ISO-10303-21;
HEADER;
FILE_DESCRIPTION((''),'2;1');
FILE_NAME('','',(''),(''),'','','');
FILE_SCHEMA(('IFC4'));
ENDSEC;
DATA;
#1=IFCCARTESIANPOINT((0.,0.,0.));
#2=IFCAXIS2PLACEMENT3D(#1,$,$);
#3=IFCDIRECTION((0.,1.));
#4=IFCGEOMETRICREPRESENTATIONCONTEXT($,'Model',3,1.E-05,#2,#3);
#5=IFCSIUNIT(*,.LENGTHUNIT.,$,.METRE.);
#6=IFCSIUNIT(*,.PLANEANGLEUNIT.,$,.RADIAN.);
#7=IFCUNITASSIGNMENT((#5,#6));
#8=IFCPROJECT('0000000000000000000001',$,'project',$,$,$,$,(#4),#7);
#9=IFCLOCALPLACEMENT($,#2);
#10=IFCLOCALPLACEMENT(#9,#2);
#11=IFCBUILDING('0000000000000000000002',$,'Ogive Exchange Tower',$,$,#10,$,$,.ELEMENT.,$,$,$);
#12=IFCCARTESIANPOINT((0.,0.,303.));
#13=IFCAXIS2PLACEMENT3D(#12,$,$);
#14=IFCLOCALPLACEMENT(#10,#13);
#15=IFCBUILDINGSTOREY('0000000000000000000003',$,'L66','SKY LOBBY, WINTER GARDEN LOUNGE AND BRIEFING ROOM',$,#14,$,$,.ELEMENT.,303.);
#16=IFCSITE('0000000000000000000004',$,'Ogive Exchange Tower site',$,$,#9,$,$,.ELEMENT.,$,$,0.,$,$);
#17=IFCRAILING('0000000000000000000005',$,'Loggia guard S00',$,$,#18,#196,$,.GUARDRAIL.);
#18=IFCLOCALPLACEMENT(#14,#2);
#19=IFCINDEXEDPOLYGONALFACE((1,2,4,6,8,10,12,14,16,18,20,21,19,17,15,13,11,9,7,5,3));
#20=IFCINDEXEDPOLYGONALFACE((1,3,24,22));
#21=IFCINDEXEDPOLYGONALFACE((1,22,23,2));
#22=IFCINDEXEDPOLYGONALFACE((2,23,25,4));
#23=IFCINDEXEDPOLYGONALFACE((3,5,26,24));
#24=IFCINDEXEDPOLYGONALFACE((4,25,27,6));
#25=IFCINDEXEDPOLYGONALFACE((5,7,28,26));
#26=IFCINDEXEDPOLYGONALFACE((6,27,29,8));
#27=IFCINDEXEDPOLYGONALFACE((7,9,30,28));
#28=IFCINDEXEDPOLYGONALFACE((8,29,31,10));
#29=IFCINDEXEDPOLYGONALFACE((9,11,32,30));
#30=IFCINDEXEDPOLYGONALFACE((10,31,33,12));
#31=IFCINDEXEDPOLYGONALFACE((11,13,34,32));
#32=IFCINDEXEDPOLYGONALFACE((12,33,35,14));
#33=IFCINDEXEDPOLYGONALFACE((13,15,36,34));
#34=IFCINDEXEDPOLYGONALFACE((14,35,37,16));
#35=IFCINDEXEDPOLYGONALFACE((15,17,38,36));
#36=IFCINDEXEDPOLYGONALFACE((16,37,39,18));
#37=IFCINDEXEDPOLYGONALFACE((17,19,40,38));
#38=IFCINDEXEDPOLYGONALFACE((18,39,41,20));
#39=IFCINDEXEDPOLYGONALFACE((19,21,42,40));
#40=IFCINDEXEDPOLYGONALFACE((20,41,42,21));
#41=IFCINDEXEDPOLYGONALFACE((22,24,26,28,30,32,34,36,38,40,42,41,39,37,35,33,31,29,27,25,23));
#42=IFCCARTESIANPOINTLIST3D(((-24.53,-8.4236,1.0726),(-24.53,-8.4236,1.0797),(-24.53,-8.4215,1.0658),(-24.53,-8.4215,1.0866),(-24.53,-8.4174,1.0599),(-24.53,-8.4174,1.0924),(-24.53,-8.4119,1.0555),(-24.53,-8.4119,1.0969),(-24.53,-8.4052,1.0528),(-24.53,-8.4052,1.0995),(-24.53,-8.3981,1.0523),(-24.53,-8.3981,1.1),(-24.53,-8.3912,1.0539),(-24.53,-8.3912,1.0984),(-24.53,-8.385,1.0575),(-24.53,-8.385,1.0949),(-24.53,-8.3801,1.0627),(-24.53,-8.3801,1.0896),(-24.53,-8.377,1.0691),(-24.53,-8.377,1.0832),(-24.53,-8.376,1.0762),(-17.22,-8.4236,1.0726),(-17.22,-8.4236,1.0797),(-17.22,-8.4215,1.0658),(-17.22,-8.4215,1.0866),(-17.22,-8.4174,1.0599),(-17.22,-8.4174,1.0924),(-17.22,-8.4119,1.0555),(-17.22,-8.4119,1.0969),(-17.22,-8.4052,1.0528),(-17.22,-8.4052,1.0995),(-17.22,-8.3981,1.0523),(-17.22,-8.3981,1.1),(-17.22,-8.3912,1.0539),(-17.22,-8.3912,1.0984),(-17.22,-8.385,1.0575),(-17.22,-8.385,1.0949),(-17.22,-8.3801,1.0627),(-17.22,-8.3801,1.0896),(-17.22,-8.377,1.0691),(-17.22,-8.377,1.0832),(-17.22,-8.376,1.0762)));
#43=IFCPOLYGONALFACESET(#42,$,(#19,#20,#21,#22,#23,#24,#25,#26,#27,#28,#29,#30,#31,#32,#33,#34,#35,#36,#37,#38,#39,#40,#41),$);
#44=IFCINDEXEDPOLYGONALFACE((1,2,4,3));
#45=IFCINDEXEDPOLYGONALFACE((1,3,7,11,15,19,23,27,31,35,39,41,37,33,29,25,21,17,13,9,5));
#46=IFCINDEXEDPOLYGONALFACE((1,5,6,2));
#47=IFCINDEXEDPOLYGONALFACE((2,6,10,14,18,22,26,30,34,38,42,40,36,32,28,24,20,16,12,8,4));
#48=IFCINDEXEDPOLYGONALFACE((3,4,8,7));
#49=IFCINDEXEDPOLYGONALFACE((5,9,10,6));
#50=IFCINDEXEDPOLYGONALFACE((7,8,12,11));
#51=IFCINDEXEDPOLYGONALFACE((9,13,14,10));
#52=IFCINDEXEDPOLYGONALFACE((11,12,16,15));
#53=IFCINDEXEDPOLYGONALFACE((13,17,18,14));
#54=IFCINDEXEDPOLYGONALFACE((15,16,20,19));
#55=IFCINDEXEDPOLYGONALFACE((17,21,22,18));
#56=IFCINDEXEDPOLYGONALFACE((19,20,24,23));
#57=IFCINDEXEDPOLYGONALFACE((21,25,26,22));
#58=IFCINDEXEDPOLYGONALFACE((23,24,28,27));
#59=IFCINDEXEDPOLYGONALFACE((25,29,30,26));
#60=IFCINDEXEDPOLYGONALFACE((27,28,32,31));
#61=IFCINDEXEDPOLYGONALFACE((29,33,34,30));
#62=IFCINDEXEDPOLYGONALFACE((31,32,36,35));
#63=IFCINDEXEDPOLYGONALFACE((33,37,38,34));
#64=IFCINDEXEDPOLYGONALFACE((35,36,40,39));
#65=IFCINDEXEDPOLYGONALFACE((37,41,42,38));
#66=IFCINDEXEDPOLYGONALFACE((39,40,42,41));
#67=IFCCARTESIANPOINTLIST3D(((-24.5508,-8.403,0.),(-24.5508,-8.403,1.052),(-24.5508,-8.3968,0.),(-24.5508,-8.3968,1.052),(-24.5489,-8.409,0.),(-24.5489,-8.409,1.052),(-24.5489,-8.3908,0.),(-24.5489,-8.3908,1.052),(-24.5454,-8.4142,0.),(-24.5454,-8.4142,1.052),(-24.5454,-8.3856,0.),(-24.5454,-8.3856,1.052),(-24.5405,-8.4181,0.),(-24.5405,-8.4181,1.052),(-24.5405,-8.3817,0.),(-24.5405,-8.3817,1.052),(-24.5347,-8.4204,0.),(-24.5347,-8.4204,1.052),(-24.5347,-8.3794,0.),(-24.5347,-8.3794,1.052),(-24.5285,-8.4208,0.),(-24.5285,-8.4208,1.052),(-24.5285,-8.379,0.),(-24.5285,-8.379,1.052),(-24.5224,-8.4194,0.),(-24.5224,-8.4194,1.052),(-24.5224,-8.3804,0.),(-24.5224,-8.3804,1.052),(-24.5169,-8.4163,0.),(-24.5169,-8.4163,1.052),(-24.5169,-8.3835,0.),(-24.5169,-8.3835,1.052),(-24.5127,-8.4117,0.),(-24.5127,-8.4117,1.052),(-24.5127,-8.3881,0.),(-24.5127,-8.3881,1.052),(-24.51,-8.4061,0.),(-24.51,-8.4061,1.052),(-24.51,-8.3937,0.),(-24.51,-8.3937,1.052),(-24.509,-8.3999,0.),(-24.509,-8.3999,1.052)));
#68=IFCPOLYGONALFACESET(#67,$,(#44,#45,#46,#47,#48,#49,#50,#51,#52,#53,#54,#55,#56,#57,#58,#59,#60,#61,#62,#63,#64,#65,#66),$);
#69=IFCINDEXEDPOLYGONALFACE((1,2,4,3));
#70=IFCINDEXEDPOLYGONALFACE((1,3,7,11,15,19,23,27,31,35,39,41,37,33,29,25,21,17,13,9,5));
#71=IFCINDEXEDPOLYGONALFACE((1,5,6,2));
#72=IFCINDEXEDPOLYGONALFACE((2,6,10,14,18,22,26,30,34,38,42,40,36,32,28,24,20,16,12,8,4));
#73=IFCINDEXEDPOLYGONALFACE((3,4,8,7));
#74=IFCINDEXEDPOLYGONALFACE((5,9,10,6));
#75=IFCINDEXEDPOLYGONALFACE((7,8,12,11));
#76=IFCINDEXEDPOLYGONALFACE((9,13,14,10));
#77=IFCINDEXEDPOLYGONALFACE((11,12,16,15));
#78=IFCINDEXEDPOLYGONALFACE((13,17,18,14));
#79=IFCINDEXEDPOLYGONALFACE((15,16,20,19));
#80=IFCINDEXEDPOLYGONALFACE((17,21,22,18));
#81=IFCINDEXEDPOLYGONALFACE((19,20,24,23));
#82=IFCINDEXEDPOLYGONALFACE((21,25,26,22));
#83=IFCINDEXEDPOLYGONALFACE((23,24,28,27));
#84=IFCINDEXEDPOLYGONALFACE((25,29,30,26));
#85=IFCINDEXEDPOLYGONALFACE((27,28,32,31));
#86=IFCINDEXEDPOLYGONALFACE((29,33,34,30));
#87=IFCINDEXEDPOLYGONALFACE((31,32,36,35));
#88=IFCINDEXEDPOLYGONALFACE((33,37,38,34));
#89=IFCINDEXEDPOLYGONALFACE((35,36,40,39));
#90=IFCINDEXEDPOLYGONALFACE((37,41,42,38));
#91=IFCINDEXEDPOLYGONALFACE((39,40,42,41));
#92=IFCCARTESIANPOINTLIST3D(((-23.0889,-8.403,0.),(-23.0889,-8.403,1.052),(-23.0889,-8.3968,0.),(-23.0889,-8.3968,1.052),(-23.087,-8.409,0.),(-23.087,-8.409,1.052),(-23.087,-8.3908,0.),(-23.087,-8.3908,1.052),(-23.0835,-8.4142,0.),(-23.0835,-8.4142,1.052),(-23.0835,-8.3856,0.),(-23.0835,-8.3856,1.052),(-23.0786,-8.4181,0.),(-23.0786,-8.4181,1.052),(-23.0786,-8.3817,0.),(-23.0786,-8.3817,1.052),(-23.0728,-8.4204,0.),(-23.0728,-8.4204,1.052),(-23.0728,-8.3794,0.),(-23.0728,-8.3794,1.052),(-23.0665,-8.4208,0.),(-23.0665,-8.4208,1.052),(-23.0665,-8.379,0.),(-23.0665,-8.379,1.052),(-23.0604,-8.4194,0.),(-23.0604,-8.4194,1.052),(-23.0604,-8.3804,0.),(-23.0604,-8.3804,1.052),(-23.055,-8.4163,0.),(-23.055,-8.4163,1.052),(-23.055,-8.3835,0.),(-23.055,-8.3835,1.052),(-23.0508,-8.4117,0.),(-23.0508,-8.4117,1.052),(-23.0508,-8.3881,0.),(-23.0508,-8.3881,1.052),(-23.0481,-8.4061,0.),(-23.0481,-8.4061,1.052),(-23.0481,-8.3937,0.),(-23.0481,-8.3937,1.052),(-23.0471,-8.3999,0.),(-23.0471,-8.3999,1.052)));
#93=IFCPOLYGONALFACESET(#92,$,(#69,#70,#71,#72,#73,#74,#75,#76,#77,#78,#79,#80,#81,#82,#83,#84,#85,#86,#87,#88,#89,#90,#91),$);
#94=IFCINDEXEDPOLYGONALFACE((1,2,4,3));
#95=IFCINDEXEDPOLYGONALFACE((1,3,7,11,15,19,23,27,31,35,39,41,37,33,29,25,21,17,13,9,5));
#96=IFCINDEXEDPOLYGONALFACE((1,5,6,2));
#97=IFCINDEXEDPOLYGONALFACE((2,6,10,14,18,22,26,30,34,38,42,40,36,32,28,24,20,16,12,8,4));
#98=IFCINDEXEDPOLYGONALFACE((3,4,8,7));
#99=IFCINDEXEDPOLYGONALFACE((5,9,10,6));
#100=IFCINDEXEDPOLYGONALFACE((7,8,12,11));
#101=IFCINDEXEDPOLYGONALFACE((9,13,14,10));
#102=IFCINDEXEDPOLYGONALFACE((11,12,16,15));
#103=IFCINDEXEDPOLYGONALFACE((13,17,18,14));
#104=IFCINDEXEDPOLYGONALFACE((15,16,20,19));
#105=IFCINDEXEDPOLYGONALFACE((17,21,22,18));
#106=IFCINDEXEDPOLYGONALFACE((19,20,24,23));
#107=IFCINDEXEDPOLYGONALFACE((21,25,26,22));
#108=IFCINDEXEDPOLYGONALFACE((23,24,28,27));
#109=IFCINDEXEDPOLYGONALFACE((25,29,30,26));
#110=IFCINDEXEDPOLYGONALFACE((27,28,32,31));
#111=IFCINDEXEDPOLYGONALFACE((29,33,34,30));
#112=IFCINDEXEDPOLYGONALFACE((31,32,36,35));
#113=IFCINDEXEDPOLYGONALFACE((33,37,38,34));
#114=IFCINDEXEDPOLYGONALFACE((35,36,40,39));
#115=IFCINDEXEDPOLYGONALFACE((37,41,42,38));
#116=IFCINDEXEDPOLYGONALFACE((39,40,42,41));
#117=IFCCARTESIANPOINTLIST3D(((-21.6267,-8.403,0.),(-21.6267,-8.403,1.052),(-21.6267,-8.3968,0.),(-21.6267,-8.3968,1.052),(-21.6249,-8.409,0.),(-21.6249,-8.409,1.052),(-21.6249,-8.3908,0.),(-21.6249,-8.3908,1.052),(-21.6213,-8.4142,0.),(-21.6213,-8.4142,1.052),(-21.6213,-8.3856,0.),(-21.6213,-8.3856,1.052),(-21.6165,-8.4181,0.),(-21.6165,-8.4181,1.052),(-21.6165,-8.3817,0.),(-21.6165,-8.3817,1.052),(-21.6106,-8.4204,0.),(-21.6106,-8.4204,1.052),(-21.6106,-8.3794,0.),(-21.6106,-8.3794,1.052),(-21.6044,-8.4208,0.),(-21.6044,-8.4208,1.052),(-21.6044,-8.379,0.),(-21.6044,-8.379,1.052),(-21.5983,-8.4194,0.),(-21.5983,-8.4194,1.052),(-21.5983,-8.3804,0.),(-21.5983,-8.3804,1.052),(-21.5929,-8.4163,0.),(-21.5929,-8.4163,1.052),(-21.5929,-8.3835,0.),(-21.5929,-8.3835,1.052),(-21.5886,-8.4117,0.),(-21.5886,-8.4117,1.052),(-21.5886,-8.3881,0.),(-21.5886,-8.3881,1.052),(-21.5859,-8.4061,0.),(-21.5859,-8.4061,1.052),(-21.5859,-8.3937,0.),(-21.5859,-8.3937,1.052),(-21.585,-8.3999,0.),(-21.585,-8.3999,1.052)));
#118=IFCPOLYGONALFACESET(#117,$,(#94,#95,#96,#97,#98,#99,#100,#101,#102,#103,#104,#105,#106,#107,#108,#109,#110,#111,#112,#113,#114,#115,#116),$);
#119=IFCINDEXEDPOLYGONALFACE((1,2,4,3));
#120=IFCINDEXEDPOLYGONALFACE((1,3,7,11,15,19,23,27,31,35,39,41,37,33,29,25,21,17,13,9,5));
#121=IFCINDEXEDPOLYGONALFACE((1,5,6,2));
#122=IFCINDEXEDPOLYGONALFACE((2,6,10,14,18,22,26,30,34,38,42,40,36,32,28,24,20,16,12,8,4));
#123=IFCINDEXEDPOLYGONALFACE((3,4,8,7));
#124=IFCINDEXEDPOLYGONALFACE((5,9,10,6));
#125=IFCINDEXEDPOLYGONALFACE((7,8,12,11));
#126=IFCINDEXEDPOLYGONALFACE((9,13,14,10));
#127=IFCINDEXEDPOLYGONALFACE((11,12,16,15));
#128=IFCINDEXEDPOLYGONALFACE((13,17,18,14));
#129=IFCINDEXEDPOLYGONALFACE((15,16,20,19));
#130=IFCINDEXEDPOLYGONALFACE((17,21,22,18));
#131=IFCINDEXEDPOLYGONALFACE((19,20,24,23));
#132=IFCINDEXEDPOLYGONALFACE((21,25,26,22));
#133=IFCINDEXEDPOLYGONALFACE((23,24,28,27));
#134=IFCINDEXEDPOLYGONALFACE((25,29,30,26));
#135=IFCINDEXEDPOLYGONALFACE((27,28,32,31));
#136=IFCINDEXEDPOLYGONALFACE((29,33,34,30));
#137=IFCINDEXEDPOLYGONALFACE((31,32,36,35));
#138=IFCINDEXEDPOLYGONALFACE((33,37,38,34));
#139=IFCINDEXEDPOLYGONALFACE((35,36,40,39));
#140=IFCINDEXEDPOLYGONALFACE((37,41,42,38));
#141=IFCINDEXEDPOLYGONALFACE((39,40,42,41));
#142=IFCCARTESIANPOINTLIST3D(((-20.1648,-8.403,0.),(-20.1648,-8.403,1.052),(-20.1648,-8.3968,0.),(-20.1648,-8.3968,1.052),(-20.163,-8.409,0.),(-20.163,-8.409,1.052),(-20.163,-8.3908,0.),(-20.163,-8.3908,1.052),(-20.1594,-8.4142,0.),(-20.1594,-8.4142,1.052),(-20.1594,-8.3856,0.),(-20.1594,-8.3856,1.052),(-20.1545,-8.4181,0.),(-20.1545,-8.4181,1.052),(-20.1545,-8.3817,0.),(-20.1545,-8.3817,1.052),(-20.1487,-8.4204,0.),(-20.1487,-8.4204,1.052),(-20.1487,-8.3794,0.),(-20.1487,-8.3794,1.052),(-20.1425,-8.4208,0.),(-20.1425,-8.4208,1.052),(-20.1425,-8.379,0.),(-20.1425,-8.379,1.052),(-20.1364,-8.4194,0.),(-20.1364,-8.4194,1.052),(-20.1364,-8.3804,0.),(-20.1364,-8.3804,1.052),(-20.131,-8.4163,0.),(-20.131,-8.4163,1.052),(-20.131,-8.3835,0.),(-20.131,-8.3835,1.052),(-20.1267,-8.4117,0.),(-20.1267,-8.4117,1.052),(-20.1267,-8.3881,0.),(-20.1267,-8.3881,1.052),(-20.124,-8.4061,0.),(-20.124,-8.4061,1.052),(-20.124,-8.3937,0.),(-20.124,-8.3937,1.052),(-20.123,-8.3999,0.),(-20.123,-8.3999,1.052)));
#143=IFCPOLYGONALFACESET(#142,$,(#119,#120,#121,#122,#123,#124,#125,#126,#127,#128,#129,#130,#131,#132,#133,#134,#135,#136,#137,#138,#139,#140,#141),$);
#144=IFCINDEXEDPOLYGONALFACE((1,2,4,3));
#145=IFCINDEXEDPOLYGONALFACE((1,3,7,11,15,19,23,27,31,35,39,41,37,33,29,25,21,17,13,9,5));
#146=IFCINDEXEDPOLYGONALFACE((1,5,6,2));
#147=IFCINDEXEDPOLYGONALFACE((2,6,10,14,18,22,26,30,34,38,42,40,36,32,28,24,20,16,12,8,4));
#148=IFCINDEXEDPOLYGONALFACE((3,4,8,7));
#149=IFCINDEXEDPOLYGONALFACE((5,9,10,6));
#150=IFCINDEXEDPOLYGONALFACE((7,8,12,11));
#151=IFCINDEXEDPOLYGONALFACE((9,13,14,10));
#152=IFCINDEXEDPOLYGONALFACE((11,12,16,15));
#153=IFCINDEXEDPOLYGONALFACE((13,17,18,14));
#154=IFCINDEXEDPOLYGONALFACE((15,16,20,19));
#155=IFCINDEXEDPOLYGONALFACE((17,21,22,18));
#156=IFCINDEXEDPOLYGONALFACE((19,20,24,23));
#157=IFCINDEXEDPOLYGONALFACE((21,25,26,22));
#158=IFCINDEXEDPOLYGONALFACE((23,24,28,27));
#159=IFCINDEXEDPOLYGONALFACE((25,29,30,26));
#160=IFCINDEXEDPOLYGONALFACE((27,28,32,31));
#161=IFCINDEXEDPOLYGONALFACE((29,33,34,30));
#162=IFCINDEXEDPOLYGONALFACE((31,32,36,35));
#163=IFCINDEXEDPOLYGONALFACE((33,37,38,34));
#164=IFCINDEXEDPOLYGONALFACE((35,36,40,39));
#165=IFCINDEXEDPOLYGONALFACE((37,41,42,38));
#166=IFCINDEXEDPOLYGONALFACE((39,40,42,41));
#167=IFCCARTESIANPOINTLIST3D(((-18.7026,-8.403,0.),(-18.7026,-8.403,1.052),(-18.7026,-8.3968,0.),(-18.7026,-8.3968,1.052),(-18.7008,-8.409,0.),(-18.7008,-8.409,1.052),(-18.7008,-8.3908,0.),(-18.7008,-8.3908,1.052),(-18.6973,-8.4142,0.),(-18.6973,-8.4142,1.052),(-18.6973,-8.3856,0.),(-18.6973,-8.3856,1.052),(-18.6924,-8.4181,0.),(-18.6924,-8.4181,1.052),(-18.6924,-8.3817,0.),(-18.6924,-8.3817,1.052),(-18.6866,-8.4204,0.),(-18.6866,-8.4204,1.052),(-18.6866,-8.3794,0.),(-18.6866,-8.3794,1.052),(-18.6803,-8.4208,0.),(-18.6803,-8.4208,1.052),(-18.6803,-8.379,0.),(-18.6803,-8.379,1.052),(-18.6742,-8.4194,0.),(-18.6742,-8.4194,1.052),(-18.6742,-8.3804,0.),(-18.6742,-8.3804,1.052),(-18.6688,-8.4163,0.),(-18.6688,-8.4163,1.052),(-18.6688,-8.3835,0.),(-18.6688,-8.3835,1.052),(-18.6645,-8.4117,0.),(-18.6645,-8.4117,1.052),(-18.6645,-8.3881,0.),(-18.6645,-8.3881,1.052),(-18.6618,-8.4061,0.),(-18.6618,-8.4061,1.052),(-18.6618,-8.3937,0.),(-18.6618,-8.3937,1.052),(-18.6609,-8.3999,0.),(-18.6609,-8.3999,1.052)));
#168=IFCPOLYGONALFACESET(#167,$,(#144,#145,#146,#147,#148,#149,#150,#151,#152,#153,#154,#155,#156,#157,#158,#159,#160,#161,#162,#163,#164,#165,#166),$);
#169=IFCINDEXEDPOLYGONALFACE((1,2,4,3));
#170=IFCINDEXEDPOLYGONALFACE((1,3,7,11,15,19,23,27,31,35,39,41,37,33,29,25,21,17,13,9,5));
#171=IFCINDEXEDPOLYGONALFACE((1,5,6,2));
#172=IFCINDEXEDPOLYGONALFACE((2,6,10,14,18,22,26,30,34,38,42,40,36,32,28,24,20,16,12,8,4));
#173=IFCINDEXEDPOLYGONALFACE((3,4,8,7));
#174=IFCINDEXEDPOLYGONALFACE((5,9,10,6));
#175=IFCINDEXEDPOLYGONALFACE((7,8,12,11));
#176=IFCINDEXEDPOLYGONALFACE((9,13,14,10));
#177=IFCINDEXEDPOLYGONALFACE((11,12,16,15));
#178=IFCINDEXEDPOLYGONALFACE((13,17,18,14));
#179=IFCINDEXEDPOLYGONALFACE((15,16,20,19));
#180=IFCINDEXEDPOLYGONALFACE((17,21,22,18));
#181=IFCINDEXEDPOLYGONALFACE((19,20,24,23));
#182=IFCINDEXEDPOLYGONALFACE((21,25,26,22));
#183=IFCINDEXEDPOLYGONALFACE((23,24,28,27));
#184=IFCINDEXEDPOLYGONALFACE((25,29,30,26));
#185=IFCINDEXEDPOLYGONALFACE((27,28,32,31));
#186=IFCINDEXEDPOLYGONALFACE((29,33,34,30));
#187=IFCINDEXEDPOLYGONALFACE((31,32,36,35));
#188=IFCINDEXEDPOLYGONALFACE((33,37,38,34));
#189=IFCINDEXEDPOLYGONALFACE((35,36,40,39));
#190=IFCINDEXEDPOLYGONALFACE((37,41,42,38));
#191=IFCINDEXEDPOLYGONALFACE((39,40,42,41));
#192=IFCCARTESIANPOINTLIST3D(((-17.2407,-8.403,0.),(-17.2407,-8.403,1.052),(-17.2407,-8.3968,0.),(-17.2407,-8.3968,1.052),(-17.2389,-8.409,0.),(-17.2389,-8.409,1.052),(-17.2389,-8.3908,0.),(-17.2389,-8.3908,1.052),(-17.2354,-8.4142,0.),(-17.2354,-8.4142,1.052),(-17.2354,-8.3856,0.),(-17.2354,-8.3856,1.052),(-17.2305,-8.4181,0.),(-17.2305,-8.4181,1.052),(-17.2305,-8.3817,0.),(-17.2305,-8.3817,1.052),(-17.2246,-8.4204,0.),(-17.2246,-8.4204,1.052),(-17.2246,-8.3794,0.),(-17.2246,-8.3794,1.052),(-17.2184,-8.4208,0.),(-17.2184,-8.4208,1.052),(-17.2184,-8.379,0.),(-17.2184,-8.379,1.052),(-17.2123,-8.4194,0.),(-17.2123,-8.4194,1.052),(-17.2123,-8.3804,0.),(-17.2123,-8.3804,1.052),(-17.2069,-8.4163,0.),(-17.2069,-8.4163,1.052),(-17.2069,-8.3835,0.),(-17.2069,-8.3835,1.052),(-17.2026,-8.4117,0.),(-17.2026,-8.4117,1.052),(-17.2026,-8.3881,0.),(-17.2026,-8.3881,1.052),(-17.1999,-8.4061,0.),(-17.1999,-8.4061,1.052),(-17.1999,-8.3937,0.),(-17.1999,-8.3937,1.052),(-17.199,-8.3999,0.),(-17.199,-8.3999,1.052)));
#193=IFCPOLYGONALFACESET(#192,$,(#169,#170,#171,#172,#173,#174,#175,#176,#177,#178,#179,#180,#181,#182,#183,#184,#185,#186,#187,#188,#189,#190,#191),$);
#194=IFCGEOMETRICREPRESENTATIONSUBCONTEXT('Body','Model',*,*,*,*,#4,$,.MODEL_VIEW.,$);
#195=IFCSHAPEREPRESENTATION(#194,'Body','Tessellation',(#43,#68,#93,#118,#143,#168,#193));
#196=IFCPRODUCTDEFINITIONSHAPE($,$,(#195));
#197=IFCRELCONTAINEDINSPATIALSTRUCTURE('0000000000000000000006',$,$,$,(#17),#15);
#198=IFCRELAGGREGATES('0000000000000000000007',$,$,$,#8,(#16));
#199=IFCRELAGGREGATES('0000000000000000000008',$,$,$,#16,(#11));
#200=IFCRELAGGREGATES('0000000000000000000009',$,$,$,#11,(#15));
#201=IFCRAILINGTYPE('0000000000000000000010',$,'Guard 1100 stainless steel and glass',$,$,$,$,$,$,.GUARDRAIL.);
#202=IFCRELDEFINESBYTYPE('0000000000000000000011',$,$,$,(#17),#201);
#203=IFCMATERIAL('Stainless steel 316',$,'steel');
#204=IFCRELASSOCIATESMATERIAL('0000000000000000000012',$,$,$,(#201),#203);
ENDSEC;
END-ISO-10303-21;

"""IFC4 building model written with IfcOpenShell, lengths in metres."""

from ifc_helpers import new_model, si_unit, direction, frame, origin, origin_2d, place, context, subcontext, project, spatial, circle, extrude, material, type_object, element, save


model = new_model("IFC4")

# Units and contexts
model_context = context("Model", 3, precision=1e-05, world=origin(), true_north=direction((0.0, 1.0)))
body_context = subcontext(model_context, "Body", "Model", "MODEL_VIEW")
ifc_project = project(units=[si_unit("LENGTHUNIT", "METRE"), si_unit("PLANEANGLEUNIT", "RADIAN")], contexts=[model_context])

# Site, building, storey
site_placement = place(None, origin())
site = spatial("IfcSite", under=ifc_project, at=site_placement, Name="Ogive Exchange Tower site", CompositionType="ELEMENT", RefElevation=0.0)
building_placement = place(site_placement, origin())
building = spatial("IfcBuilding", under=site, at=building_placement, Name="Ogive Exchange Tower", CompositionType="ELEMENT")
storey_placement = place(building_placement, frame((0.0, 0.0, 303.0)))
storey = spatial("IfcBuildingStorey", under=building, at=storey_placement, Name="L66", Description="SKY LOBBY, WINTER GARDEN LOUNGE AND BRIEFING ROOM", CompositionType="ELEMENT", Elevation=303.0)

# Railing
ifc_material_1 = material(Name="Stainless steel 316", Category="steel")
railing_type_1 = type_object("IfcRailingType", Name="Guard 1100 stainless steel and glass", PredefinedType="GUARDRAIL", material=ifc_material_1)
railing_1_placement = place(storey_placement, frame((-24.53, -8.3999, 0.0)))
element("IfcRailing", 1, at=railing_1_placement, inside=storey, type_object=railing_type_1, Name="Loggia guard S00", PredefinedType="GUARDRAIL", context=body_context, shape_type="SweptSolid", body=[
    extrude(circle(Radius=0.0239, at=origin_2d()), frame((0.0, 0.0, 1.0762), z_axis=(1.0, 0.0, 0.0), x_axis=(0.0, 1.0, 0.0)), (0.0, 0.0, 1.0), 7.3101),
    extrude(circle(Radius=0.021, at=origin_2d()), origin(), (0.0, 0.0, 1.0), 1.052),
    extrude(circle(Radius=0.021, at=origin_2d()), frame((1.4619, 0.0, 0.0)), (0.0, 0.0, 1.0), 1.052),
    extrude(circle(Radius=0.021, at=origin_2d()), frame((2.9241, 0.0, 0.0)), (0.0, 0.0, 1.0), 1.052),
    extrude(circle(Radius=0.021, at=origin_2d()), frame((4.386, 0.0, 0.0)), (0.0, 0.0, 1.0), 1.052),
    extrude(circle(Radius=0.021, at=origin_2d()), frame((5.8481, 0.0, 0.0)), (0.0, 0.0, 1.0), 1.052),
    extrude(circle(Radius=0.021, at=origin_2d()), frame((7.3101, 0.0, 0.0)), (0.0, 0.0, 1.0), 1.052),
])

save(model, "model.ifc")
